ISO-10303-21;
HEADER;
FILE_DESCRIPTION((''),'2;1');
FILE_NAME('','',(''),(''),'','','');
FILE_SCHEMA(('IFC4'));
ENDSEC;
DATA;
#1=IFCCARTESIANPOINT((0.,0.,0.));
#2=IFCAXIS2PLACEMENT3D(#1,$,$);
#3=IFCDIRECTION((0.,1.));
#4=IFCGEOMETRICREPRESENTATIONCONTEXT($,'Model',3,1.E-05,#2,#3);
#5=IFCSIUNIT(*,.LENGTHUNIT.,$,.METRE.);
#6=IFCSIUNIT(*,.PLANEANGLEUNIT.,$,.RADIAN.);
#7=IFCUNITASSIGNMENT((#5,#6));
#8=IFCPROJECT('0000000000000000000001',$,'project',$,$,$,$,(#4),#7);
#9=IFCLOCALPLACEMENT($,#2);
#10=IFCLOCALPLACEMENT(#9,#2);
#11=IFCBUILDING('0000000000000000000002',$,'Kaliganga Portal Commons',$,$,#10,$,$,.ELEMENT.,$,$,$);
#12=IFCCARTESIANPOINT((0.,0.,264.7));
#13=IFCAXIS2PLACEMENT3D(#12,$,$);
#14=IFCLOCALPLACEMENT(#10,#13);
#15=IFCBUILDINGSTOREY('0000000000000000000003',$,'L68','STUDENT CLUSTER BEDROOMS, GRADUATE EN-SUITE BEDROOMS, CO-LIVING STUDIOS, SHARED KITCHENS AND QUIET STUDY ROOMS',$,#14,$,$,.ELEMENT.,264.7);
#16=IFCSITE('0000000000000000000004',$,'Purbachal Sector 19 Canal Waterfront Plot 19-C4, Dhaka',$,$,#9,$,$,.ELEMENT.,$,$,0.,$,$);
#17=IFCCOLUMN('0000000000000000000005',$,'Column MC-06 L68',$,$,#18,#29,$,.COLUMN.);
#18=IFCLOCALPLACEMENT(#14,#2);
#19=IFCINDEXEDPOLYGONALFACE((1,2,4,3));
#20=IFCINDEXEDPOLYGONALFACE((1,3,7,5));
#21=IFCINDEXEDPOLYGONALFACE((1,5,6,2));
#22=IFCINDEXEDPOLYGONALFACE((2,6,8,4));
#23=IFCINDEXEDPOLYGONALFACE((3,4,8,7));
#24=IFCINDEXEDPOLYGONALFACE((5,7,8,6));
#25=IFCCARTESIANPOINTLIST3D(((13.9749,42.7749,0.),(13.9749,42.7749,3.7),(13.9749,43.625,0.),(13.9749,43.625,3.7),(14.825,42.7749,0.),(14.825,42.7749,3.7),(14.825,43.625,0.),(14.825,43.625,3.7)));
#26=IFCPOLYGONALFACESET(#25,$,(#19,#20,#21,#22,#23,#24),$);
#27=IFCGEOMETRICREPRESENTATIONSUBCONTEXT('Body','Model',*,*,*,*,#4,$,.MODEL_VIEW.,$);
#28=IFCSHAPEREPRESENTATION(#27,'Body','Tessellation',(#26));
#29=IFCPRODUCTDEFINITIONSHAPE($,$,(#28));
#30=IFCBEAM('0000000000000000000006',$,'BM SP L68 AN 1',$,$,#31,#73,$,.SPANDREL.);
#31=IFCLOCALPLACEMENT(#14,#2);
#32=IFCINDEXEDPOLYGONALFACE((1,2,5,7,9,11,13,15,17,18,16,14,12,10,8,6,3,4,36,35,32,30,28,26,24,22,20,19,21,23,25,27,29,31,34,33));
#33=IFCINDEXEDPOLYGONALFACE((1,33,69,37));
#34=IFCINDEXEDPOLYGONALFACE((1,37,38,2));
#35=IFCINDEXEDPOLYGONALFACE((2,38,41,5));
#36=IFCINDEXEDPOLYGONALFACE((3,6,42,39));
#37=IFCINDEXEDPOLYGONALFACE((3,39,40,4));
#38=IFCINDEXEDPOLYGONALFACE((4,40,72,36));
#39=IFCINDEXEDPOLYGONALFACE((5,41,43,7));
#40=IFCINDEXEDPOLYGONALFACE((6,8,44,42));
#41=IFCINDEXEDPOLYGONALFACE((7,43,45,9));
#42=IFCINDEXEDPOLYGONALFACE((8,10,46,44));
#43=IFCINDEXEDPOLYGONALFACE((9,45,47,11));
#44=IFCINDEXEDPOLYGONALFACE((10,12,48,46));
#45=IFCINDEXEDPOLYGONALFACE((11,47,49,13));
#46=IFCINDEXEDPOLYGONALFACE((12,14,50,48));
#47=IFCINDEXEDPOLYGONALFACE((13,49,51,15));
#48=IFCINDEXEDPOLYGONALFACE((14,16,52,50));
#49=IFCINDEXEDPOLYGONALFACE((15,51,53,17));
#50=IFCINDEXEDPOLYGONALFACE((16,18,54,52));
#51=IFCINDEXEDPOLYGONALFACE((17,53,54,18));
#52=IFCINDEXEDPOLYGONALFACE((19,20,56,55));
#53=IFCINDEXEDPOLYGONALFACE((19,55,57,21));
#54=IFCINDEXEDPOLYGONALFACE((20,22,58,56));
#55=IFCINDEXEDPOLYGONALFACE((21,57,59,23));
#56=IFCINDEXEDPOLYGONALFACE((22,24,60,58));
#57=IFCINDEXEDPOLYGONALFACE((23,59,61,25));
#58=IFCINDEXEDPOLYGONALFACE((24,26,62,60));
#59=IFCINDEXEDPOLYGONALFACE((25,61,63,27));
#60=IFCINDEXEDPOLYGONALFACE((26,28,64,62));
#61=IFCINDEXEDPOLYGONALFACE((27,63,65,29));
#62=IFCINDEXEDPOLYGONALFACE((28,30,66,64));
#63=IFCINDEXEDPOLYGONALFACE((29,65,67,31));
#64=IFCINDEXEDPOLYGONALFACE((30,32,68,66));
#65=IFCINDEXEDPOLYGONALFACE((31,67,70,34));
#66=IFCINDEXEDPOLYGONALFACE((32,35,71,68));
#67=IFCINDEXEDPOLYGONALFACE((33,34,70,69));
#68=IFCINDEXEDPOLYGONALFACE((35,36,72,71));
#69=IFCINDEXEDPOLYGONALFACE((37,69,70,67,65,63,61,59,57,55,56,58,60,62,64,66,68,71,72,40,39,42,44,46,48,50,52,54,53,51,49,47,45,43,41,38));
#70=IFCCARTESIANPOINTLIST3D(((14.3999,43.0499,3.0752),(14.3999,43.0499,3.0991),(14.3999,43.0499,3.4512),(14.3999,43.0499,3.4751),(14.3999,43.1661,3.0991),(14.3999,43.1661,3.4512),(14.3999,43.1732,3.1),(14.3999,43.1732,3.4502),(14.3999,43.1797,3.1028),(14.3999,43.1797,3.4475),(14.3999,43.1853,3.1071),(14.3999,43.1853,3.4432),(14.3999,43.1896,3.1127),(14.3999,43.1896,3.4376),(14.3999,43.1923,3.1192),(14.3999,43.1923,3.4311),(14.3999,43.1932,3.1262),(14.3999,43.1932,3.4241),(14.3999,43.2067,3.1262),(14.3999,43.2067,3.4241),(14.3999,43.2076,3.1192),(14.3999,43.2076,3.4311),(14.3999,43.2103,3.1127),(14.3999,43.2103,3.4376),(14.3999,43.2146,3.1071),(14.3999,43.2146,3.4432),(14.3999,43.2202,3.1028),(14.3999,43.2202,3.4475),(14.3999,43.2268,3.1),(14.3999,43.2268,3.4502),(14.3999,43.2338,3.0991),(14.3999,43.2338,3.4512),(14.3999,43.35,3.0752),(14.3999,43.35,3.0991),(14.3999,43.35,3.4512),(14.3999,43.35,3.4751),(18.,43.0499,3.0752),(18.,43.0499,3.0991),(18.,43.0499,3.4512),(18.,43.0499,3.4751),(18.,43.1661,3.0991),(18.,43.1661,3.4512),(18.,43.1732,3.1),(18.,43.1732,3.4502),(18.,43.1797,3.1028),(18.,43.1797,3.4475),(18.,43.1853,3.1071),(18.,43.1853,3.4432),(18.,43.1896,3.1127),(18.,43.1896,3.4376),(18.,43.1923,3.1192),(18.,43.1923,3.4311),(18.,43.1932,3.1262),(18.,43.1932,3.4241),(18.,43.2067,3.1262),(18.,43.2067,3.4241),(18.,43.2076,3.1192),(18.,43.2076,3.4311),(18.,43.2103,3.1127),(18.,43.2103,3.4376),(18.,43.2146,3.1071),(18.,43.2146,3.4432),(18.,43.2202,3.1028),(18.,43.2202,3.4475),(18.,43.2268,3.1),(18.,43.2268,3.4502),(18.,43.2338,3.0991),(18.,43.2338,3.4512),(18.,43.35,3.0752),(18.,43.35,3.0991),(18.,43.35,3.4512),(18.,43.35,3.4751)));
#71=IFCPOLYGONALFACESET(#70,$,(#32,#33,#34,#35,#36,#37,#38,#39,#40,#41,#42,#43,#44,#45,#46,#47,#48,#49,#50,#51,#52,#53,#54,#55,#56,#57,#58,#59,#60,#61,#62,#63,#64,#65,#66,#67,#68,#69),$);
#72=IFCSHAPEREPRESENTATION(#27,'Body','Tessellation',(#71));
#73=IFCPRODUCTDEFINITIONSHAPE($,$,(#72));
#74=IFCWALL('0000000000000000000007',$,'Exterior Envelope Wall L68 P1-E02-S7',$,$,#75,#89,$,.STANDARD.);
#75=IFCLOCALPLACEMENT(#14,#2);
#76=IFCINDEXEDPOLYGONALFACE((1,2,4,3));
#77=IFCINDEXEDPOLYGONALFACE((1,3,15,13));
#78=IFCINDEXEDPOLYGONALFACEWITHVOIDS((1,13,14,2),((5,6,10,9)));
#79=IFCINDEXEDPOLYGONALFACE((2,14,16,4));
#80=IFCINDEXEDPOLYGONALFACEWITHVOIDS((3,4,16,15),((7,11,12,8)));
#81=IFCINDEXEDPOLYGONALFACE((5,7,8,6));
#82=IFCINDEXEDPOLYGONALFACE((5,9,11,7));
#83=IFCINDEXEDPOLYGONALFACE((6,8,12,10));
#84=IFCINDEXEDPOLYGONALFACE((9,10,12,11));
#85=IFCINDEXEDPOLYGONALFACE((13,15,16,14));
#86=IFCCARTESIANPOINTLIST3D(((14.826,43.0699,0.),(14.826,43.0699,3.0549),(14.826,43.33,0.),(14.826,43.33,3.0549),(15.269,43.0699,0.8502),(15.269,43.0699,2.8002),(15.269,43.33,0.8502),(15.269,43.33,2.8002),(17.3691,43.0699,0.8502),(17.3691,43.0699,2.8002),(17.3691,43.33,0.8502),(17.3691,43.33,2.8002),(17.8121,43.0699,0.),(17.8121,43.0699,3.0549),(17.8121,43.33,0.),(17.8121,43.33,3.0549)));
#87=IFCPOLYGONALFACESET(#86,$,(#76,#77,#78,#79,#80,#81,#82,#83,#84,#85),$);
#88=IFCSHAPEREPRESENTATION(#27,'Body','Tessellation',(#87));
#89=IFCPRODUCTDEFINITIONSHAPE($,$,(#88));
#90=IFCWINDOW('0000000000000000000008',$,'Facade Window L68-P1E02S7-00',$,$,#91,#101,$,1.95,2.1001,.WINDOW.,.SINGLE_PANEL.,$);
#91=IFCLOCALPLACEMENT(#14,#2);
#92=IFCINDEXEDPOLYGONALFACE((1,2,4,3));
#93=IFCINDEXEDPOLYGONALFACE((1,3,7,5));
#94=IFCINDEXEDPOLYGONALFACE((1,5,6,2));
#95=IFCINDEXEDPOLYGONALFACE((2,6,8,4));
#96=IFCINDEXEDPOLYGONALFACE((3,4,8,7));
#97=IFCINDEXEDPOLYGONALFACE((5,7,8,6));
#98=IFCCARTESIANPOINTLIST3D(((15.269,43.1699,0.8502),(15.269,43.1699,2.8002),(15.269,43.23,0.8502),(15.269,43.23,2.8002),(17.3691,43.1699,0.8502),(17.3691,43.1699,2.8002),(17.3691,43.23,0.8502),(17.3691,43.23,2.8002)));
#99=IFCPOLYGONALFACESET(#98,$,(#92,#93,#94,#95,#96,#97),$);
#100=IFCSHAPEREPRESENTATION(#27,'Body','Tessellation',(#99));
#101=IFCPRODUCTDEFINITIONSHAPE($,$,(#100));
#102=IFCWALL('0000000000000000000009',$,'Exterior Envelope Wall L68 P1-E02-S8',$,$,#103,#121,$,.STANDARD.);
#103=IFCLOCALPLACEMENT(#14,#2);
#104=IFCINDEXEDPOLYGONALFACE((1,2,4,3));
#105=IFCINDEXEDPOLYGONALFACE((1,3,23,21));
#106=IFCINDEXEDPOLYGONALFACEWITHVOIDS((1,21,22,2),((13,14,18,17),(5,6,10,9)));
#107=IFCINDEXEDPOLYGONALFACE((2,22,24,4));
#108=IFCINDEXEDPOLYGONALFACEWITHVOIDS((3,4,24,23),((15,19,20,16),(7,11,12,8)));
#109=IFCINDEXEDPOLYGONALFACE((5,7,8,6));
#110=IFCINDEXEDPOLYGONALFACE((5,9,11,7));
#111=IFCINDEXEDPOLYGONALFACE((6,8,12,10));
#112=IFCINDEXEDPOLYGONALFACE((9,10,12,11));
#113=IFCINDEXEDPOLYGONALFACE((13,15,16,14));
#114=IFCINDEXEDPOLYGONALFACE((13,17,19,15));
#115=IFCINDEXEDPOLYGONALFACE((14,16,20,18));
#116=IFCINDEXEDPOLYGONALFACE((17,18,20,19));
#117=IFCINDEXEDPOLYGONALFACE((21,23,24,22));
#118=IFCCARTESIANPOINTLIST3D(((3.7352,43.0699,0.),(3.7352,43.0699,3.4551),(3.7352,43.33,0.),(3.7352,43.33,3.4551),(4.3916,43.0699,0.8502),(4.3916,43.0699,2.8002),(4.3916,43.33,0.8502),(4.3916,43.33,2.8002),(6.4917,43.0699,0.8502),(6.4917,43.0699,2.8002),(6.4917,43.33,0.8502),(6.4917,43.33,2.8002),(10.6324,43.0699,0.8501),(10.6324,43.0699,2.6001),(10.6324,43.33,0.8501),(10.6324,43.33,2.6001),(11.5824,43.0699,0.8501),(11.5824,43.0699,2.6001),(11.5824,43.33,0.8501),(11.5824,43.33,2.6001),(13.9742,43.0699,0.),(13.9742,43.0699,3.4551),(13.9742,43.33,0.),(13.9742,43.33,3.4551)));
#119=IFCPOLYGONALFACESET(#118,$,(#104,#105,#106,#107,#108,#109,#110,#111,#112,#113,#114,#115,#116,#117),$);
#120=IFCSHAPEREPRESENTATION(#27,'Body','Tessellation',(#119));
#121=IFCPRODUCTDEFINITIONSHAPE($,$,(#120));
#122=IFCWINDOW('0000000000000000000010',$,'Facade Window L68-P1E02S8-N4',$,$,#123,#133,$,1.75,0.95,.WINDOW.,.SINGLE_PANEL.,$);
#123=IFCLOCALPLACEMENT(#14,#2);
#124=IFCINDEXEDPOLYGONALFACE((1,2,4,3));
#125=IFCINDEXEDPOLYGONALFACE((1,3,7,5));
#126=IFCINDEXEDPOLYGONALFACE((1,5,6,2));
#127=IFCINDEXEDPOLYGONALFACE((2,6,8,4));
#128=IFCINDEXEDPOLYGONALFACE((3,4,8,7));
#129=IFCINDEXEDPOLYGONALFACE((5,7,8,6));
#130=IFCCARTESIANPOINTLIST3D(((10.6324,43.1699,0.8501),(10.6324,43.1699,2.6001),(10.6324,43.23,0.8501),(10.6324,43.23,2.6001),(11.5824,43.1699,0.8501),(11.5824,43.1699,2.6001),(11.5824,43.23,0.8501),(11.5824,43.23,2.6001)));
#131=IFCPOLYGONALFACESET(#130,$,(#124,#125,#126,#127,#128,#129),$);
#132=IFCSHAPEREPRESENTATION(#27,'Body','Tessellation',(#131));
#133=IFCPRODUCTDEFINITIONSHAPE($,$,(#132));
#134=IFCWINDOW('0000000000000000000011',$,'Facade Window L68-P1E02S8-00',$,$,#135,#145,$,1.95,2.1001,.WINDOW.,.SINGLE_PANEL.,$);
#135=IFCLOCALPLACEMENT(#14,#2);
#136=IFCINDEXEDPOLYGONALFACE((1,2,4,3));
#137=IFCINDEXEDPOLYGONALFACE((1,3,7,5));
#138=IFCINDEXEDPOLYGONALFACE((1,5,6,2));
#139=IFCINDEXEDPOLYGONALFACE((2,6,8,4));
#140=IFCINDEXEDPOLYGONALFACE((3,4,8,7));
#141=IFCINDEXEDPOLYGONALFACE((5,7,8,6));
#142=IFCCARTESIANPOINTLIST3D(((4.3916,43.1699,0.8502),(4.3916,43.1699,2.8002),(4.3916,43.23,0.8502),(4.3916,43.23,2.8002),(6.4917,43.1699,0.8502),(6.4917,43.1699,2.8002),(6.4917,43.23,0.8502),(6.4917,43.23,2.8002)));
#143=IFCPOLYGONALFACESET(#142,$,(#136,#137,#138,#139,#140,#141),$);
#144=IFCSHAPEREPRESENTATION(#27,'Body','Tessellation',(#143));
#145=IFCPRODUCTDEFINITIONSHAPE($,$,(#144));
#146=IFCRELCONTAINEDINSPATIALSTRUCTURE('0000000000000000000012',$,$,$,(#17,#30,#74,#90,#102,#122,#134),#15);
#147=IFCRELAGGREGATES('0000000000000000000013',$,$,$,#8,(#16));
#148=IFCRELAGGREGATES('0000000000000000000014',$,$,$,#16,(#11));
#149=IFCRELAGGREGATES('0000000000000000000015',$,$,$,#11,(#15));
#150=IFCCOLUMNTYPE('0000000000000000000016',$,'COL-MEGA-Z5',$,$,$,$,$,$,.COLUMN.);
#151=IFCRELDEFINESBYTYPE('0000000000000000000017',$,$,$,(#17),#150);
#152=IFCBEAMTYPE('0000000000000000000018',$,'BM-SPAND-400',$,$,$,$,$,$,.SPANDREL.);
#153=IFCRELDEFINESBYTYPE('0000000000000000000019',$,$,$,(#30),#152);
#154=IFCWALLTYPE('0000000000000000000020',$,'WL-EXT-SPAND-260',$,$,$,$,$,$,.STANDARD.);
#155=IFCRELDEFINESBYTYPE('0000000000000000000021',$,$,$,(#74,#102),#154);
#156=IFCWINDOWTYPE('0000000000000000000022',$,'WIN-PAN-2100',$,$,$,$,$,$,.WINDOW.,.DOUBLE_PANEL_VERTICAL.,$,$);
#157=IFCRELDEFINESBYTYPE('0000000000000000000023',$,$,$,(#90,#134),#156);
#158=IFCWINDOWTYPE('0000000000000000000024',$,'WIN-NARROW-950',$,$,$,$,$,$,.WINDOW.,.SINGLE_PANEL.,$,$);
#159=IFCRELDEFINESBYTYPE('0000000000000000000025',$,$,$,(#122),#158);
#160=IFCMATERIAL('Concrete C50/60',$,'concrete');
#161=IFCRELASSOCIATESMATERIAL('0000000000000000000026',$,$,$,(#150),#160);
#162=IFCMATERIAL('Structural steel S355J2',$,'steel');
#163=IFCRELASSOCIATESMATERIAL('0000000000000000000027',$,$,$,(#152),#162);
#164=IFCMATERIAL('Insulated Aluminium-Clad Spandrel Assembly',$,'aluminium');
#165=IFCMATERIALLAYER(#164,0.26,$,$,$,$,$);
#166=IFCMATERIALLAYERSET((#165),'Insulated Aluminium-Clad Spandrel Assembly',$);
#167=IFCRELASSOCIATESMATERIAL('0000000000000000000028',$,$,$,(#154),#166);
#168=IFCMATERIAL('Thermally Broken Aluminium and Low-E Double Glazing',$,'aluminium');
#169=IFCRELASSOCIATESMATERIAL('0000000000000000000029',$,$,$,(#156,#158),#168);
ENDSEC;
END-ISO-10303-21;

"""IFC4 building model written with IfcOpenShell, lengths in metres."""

from ifc_helpers import new_model, si_unit, direction, frame, frame_2d, origin, origin_2d, place, context, subcontext, project, spatial, rectangle, i_section, extrude, source, transform, mapped, material, layer, layer_set, material_profile, profile_set, type_object, element, fill, save


model = new_model("IFC4")

# Units and contexts
model_context = context("Model", 3, precision=1e-05, world=origin(), true_north=direction((0.0, 1.0)))
body_context = subcontext(model_context, "Body", "Model", "MODEL_VIEW")
ifc_project = project(units=[si_unit("LENGTHUNIT", "METRE"), si_unit("PLANEANGLEUNIT", "RADIAN")], contexts=[model_context])

# Site, building, storey
site_placement = place(None, origin())
site = spatial("IfcSite", under=ifc_project, at=site_placement, Name="Purbachal Sector 19 Canal Waterfront Plot 19-C4, Dhaka", CompositionType="ELEMENT", RefElevation=0.0)
building_placement = place(site_placement, origin())
building = spatial("IfcBuilding", under=site, at=building_placement, Name="Kaliganga Portal Commons", CompositionType="ELEMENT")
storey_placement = place(building_placement, frame((0.0, 0.0, 264.7)))
storey = spatial("IfcBuildingStorey", under=building, at=storey_placement, Name="L68", Description="STUDENT CLUSTER BEDROOMS, GRADUATE EN-SUITE BEDROOMS, CO-LIVING STUDIOS, SHARED KITCHENS AND QUIET STUDY ROOMS", CompositionType="ELEMENT", Elevation=264.7)

# Column
ifc_material_1 = material(Name="Concrete C50/60", Category="concrete")
ifc_material_profile_1 = material_profile(ifc_material_1, rectangle(XDim=0.8501, YDim=0.8501, at=origin_2d()), Name="RC 850x850")
ifc_profile_set_1 = profile_set([ifc_material_profile_1], Name="Concrete C50/60")
column_type = type_object("IfcColumnType", Name="COL-MEGA-Z5", PredefinedType="COLUMN", material=ifc_profile_set_1)
shared_shape_1 = source(origin(), body_context, "Body", "SweptSolid", [
    extrude(rectangle(XDim=0.8501, YDim=0.8501, at=origin_2d()), origin(), (0.0, 0.0, 1.0), 3.7),
])
column_placement = place(storey_placement, frame((14.3999, 43.2, 0.0), z_axis=(0.0, 0.0, 1.0), x_axis=(1.0, 0.0, 0.0)))
element("IfcColumn", 1, at=column_placement, inside=storey, type_object=column_type, Name="Column MC-06 L68", PredefinedType="COLUMN", context=body_context, shape_type="MappedRepresentation", body=[
    mapped(shared_shape_1, transform((0.0, 0.0, 0.0), x_axis=(1.0, 0.0, 0.0), y_axis=(0.0, 1.0, 0.0), z_axis=(0.0, 0.0, 1.0), scale=1.0)),
])

# Beam
ifc_material_2 = material(Name="Structural steel S355J2", Category="steel")
ifc_material_profile_2 = material_profile(ifc_material_2, i_section(OverallWidth=0.3, OverallDepth=0.3999, WebThickness=0.0134, FlangeThickness=0.0239, FilletRadius=0.0271, at=origin_2d()), Name="HE 400 B")
ifc_profile_set_2 = profile_set([ifc_material_profile_2], Name="Structural steel S355J2 wide-flange")
beam_type = type_object("IfcBeamType", Name="BM-SPAND-400", PredefinedType="SPANDREL", material=ifc_profile_set_2)
shared_shape_2 = source(origin(), body_context, "Body", "SweptSolid", [
    extrude(i_section(OverallWidth=0.3, OverallDepth=0.3999, WebThickness=0.0134, FlangeThickness=0.0239, FilletRadius=0.0271, at=origin_2d()), origin(), (0.0, 0.0, 1.0), 3.6001),
])
beam_placement = place(storey_placement, frame((14.3999, 43.2, 3.2751), z_axis=(1.0, 0.0, 0.0), x_axis=(0.0, 1.0, 0.0)))
element("IfcBeam", 2, at=beam_placement, inside=storey, type_object=beam_type, Name="BM SP L68 AN 1", PredefinedType="SPANDREL", context=body_context, shape_type="MappedRepresentation", body=[
    mapped(shared_shape_2, transform((0.0, 0.0, 0.0), x_axis=(1.0, 0.0, 0.0), y_axis=(0.0, 1.0, 0.0), z_axis=(0.0, 0.0, 1.0), scale=1.0)),
])

# Wall, opening, window
ifc_material_3 = material(Name="Insulated Aluminium-Clad Spandrel Assembly", Category="aluminium")
ifc_layer_1 = layer(ifc_material_3, 0.26)
ifc_layer_set_1 = layer_set([ifc_layer_1], Name="Insulated Aluminium-Clad Spandrel Assembly")
wall_type_1 = type_object("IfcWallType", Name="WL-EXT-SPAND-260", PredefinedType="STANDARD", material=ifc_layer_set_1)
wall_1_placement = place(storey_placement, frame((14.8259, 43.2, 0.0), z_axis=(0.0, 0.0, 1.0), x_axis=(1.0, 0.0, 0.0)))
wall_1 = element("IfcWall", 3, at=wall_1_placement, inside=storey, type_object=wall_type_1, Name="Exterior Envelope Wall L68 P1-E02-S7", PredefinedType="STANDARD", context=body_context, shape_type="SweptSolid", body=[
    extrude(rectangle(XDim=2.9861, YDim=0.26, at=frame_2d((1.4932, 0.0))), origin(), (0.0, 0.0, 1.0), 3.0549),
])
opening_1_placement = place(wall_1_placement, frame((0.4431, 0.0, 0.8501)))
opening_1 = element("IfcOpeningElement", 4, at=opening_1_placement, cuts=wall_1, PredefinedType="OPENING", context=body_context, shape_type="SweptSolid", body=[
    extrude(rectangle(XDim=2.1001, YDim=1.95, at=frame_2d((1.05, 0.9751))), frame((0.0, 0.1401, 0.0), z_axis=(0.0, -1.0, 0.0), x_axis=(1.0, 0.0, 0.0)), (0.0, 0.0, 1.0), 0.28),
])
ifc_material_4 = material(Name="Thermally Broken Aluminium and Low-E Double Glazing", Category="aluminium")
window_type_1 = type_object("IfcWindowType", Name="WIN-PAN-2100", PartitioningType="DOUBLE_PANEL_VERTICAL", PredefinedType="WINDOW", material=ifc_material_4)
window_1_placement = place(opening_1_placement, origin())
window_1 = element("IfcWindow", 5, at=window_1_placement, inside=storey, type_object=window_type_1, Name="Facade Window L68-P1E02S7-00", OverallHeight=1.95, OverallWidth=2.1001, PartitioningType="SINGLE_PANEL", PredefinedType="WINDOW", context=body_context, shape_type="SweptSolid", body=[
    extrude(rectangle(XDim=2.1001, YDim=1.95, at=frame_2d((1.05, 0.9751))), frame((0.0, 0.03, 0.0), z_axis=(0.0, -1.0, 0.0), x_axis=(1.0, 0.0, 0.0)), (0.0, 0.0, 1.0), 0.0601),
])
fill(opening_1, window_1)

# Wall, openings, windows
wall_2_placement = place(storey_placement, frame((3.7351, 43.2, 0.0), z_axis=(0.0, 0.0, 1.0), x_axis=(1.0, 0.0, 0.0)))
wall_2 = element("IfcWall", 6, at=wall_2_placement, inside=storey, type_object=wall_type_1, Name="Exterior Envelope Wall L68 P1-E02-S8", PredefinedType="STANDARD", context=body_context, shape_type="SweptSolid", body=[
    extrude(rectangle(XDim=10.239, YDim=0.26, at=frame_2d((5.1196, 0.0))), origin(), (0.0, 0.0, 1.0), 3.4551),
])
opening_2_placement = place(wall_2_placement, frame((0.6565, 0.0, 0.8501)))
opening_2 = element("IfcOpeningElement", 7, at=opening_2_placement, cuts=wall_2, PredefinedType="OPENING", context=body_context, shape_type="SweptSolid", body=[
    extrude(rectangle(XDim=2.1001, YDim=1.95, at=frame_2d((1.05, 0.9751))), frame((0.0, 0.1401, 0.0), z_axis=(0.0, -1.0, 0.0), x_axis=(1.0, 0.0, 0.0)), (0.0, 0.0, 1.0), 0.28),
])
opening_3_placement = place(wall_2_placement, frame((6.8972, 0.0, 0.8501)))
opening_3 = element("IfcOpeningElement", 8, at=opening_3_placement, cuts=wall_2, PredefinedType="OPENING", context=body_context, shape_type="SweptSolid", body=[
    extrude(rectangle(XDim=0.95, YDim=1.75, at=frame_2d((0.4751, 0.875))), frame((0.0, 0.1401, 0.0), z_axis=(0.0, -1.0, 0.0), x_axis=(1.0, 0.0, 0.0)), (0.0, 0.0, 1.0), 0.28),
])
window_type_2 = type_object("IfcWindowType", Name="WIN-NARROW-950", PartitioningType="SINGLE_PANEL", PredefinedType="WINDOW", material=ifc_material_4)
window_2_placement = place(opening_3_placement, origin())
window_2 = element("IfcWindow", 9, at=window_2_placement, inside=storey, type_object=window_type_2, Name="Facade Window L68-P1E02S8-N4", OverallHeight=1.75, OverallWidth=0.95, PartitioningType="SINGLE_PANEL", PredefinedType="WINDOW", context=body_context, shape_type="SweptSolid", body=[
    extrude(rectangle(XDim=0.95, YDim=1.75, at=frame_2d((0.4751, 0.875))), frame((0.0, 0.03, 0.0), z_axis=(0.0, -1.0, 0.0), x_axis=(1.0, 0.0, 0.0)), (0.0, 0.0, 1.0), 0.0601),
])
fill(opening_3, window_2)
window_3_placement = place(opening_2_placement, origin())
window_3 = element("IfcWindow", 10, at=window_3_placement, inside=storey, type_object=window_type_1, Name="Facade Window L68-P1E02S8-00", OverallHeight=1.95, OverallWidth=2.1001, PartitioningType="SINGLE_PANEL", PredefinedType="WINDOW", context=body_context, shape_type="SweptSolid", body=[
    extrude(rectangle(XDim=2.1001, YDim=1.95, at=frame_2d((1.05, 0.9751))), frame((0.0, 0.03, 0.0), z_axis=(0.0, -1.0, 0.0), x_axis=(1.0, 0.0, 0.0)), (0.0, 0.0, 1.0), 0.0601),
])
fill(opening_2, window_3)

save(model, "model.ifc")
